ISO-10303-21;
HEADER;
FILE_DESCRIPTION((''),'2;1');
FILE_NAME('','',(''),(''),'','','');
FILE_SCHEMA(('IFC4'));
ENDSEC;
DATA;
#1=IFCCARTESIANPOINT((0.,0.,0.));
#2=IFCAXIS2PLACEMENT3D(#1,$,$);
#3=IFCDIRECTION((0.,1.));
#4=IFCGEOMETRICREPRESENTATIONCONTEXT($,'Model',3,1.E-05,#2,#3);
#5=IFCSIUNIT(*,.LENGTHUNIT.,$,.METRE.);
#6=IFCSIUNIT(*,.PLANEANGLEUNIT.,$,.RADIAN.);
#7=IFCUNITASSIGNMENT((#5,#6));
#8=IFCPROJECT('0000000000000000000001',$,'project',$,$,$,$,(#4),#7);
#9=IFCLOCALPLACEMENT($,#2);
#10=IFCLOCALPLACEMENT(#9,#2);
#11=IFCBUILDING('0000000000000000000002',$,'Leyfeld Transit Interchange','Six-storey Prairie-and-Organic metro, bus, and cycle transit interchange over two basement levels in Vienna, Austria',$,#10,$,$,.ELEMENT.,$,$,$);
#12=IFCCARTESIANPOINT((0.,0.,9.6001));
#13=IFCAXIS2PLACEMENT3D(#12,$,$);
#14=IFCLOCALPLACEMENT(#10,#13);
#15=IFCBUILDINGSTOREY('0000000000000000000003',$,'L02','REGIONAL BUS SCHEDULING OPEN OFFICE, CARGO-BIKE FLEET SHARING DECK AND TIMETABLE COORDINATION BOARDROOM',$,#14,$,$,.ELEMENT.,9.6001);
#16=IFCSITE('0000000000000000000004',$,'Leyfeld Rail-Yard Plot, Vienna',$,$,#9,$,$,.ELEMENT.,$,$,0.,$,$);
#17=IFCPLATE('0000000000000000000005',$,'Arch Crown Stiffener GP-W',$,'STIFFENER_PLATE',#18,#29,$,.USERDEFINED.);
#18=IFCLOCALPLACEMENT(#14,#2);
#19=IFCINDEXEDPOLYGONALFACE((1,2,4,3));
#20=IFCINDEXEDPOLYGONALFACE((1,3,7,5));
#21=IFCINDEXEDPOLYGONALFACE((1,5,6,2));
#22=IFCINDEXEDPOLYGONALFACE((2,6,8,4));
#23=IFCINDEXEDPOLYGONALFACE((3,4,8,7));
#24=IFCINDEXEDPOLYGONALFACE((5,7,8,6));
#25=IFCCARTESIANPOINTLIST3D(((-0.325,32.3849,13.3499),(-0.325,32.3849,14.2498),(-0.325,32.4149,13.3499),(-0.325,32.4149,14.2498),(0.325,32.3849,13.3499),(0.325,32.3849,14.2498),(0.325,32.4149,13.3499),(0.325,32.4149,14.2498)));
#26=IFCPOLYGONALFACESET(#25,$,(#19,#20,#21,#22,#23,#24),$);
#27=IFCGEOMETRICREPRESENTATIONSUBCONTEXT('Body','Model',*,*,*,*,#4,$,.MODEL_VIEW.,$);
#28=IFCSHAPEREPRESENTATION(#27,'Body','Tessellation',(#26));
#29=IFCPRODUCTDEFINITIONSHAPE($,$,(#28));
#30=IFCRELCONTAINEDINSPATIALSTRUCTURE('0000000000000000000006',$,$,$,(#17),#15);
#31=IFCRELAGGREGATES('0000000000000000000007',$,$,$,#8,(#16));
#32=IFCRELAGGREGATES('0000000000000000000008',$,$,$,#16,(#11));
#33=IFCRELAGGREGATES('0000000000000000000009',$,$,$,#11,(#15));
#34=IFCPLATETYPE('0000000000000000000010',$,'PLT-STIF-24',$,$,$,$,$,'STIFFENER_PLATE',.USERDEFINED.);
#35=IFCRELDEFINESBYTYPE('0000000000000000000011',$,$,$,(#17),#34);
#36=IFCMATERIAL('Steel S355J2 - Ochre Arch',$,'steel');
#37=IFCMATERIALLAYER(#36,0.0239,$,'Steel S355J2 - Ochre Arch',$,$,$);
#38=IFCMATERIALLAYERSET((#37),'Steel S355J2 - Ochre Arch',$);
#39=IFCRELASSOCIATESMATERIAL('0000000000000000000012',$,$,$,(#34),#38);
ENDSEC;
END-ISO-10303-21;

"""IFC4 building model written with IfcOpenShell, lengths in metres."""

from ifc_helpers import new_model, si_unit, direction, frame, origin, origin_2d, place, context, subcontext, project, spatial, rectangle, extrude, material, layer, layer_set, type_object, element, save


model = new_model("IFC4")

# Units and contexts
model_context = context("Model", 3, precision=1e-05, world=origin(), true_north=direction((0.0, 1.0)))
body_context = subcontext(model_context, "Body", "Model", "MODEL_VIEW")
ifc_project = project(units=[si_unit("LENGTHUNIT", "METRE"), si_unit("PLANEANGLEUNIT", "RADIAN")], contexts=[model_context])

# Site, building, storey
site_placement = place(None, origin())
site = spatial("IfcSite", under=ifc_project, at=site_placement, Name="Leyfeld Rail-Yard Plot, Vienna", CompositionType="ELEMENT", RefElevation=0.0)
building_placement = place(site_placement, origin())
building = spatial("IfcBuilding", under=site, at=building_placement, Name="Leyfeld Transit Interchange", Description="Six-storey Prairie-and-Organic metro, bus, and cycle transit interchange over two basement levels in Vienna, Austria", CompositionType="ELEMENT")
storey_placement = place(building_placement, frame((0.0, 0.0, 9.6001)))
storey = spatial("IfcBuildingStorey", under=building, at=storey_placement, Name="L02", Description="REGIONAL BUS SCHEDULING OPEN OFFICE, CARGO-BIKE FLEET SHARING DECK AND TIMETABLE COORDINATION BOARDROOM", CompositionType="ELEMENT", Elevation=9.6001)

# Shared definitions
ifc_material_1 = material(Name="Steel S355J2 - Ochre Arch", Category="steel")

# Plate
ifc_layer_1 = layer(ifc_material_1, 0.0239, Name="Steel S355J2 - Ochre Arch")
ifc_layer_set_1 = layer_set([ifc_layer_1], Name="Steel S355J2 - Ochre Arch")
plate_type_1 = type_object("IfcPlateType", Name="PLT-STIF-24", ElementType="STIFFENER_PLATE", PredefinedType="USERDEFINED", material=ifc_layer_set_1)
plate_1_placement = place(storey_placement, frame((0.0, 32.3999, 13.3499), z_axis=(0.0, 0.0, 1.0), x_axis=(1.0, 0.0, 0.0)))
element("IfcPlate", 1, at=plate_1_placement, inside=storey, type_object=plate_type_1, Name="Arch Crown Stiffener GP-W", ObjectType="STIFFENER_PLATE", PredefinedType="USERDEFINED", context=body_context, shape_type="SweptSolid", body=[
    extrude(rectangle(XDim=0.6499, YDim=0.03, at=origin_2d()), origin(), (0.0, 0.0, 1.0), 0.8999),
])

save(model, "model.ifc")
